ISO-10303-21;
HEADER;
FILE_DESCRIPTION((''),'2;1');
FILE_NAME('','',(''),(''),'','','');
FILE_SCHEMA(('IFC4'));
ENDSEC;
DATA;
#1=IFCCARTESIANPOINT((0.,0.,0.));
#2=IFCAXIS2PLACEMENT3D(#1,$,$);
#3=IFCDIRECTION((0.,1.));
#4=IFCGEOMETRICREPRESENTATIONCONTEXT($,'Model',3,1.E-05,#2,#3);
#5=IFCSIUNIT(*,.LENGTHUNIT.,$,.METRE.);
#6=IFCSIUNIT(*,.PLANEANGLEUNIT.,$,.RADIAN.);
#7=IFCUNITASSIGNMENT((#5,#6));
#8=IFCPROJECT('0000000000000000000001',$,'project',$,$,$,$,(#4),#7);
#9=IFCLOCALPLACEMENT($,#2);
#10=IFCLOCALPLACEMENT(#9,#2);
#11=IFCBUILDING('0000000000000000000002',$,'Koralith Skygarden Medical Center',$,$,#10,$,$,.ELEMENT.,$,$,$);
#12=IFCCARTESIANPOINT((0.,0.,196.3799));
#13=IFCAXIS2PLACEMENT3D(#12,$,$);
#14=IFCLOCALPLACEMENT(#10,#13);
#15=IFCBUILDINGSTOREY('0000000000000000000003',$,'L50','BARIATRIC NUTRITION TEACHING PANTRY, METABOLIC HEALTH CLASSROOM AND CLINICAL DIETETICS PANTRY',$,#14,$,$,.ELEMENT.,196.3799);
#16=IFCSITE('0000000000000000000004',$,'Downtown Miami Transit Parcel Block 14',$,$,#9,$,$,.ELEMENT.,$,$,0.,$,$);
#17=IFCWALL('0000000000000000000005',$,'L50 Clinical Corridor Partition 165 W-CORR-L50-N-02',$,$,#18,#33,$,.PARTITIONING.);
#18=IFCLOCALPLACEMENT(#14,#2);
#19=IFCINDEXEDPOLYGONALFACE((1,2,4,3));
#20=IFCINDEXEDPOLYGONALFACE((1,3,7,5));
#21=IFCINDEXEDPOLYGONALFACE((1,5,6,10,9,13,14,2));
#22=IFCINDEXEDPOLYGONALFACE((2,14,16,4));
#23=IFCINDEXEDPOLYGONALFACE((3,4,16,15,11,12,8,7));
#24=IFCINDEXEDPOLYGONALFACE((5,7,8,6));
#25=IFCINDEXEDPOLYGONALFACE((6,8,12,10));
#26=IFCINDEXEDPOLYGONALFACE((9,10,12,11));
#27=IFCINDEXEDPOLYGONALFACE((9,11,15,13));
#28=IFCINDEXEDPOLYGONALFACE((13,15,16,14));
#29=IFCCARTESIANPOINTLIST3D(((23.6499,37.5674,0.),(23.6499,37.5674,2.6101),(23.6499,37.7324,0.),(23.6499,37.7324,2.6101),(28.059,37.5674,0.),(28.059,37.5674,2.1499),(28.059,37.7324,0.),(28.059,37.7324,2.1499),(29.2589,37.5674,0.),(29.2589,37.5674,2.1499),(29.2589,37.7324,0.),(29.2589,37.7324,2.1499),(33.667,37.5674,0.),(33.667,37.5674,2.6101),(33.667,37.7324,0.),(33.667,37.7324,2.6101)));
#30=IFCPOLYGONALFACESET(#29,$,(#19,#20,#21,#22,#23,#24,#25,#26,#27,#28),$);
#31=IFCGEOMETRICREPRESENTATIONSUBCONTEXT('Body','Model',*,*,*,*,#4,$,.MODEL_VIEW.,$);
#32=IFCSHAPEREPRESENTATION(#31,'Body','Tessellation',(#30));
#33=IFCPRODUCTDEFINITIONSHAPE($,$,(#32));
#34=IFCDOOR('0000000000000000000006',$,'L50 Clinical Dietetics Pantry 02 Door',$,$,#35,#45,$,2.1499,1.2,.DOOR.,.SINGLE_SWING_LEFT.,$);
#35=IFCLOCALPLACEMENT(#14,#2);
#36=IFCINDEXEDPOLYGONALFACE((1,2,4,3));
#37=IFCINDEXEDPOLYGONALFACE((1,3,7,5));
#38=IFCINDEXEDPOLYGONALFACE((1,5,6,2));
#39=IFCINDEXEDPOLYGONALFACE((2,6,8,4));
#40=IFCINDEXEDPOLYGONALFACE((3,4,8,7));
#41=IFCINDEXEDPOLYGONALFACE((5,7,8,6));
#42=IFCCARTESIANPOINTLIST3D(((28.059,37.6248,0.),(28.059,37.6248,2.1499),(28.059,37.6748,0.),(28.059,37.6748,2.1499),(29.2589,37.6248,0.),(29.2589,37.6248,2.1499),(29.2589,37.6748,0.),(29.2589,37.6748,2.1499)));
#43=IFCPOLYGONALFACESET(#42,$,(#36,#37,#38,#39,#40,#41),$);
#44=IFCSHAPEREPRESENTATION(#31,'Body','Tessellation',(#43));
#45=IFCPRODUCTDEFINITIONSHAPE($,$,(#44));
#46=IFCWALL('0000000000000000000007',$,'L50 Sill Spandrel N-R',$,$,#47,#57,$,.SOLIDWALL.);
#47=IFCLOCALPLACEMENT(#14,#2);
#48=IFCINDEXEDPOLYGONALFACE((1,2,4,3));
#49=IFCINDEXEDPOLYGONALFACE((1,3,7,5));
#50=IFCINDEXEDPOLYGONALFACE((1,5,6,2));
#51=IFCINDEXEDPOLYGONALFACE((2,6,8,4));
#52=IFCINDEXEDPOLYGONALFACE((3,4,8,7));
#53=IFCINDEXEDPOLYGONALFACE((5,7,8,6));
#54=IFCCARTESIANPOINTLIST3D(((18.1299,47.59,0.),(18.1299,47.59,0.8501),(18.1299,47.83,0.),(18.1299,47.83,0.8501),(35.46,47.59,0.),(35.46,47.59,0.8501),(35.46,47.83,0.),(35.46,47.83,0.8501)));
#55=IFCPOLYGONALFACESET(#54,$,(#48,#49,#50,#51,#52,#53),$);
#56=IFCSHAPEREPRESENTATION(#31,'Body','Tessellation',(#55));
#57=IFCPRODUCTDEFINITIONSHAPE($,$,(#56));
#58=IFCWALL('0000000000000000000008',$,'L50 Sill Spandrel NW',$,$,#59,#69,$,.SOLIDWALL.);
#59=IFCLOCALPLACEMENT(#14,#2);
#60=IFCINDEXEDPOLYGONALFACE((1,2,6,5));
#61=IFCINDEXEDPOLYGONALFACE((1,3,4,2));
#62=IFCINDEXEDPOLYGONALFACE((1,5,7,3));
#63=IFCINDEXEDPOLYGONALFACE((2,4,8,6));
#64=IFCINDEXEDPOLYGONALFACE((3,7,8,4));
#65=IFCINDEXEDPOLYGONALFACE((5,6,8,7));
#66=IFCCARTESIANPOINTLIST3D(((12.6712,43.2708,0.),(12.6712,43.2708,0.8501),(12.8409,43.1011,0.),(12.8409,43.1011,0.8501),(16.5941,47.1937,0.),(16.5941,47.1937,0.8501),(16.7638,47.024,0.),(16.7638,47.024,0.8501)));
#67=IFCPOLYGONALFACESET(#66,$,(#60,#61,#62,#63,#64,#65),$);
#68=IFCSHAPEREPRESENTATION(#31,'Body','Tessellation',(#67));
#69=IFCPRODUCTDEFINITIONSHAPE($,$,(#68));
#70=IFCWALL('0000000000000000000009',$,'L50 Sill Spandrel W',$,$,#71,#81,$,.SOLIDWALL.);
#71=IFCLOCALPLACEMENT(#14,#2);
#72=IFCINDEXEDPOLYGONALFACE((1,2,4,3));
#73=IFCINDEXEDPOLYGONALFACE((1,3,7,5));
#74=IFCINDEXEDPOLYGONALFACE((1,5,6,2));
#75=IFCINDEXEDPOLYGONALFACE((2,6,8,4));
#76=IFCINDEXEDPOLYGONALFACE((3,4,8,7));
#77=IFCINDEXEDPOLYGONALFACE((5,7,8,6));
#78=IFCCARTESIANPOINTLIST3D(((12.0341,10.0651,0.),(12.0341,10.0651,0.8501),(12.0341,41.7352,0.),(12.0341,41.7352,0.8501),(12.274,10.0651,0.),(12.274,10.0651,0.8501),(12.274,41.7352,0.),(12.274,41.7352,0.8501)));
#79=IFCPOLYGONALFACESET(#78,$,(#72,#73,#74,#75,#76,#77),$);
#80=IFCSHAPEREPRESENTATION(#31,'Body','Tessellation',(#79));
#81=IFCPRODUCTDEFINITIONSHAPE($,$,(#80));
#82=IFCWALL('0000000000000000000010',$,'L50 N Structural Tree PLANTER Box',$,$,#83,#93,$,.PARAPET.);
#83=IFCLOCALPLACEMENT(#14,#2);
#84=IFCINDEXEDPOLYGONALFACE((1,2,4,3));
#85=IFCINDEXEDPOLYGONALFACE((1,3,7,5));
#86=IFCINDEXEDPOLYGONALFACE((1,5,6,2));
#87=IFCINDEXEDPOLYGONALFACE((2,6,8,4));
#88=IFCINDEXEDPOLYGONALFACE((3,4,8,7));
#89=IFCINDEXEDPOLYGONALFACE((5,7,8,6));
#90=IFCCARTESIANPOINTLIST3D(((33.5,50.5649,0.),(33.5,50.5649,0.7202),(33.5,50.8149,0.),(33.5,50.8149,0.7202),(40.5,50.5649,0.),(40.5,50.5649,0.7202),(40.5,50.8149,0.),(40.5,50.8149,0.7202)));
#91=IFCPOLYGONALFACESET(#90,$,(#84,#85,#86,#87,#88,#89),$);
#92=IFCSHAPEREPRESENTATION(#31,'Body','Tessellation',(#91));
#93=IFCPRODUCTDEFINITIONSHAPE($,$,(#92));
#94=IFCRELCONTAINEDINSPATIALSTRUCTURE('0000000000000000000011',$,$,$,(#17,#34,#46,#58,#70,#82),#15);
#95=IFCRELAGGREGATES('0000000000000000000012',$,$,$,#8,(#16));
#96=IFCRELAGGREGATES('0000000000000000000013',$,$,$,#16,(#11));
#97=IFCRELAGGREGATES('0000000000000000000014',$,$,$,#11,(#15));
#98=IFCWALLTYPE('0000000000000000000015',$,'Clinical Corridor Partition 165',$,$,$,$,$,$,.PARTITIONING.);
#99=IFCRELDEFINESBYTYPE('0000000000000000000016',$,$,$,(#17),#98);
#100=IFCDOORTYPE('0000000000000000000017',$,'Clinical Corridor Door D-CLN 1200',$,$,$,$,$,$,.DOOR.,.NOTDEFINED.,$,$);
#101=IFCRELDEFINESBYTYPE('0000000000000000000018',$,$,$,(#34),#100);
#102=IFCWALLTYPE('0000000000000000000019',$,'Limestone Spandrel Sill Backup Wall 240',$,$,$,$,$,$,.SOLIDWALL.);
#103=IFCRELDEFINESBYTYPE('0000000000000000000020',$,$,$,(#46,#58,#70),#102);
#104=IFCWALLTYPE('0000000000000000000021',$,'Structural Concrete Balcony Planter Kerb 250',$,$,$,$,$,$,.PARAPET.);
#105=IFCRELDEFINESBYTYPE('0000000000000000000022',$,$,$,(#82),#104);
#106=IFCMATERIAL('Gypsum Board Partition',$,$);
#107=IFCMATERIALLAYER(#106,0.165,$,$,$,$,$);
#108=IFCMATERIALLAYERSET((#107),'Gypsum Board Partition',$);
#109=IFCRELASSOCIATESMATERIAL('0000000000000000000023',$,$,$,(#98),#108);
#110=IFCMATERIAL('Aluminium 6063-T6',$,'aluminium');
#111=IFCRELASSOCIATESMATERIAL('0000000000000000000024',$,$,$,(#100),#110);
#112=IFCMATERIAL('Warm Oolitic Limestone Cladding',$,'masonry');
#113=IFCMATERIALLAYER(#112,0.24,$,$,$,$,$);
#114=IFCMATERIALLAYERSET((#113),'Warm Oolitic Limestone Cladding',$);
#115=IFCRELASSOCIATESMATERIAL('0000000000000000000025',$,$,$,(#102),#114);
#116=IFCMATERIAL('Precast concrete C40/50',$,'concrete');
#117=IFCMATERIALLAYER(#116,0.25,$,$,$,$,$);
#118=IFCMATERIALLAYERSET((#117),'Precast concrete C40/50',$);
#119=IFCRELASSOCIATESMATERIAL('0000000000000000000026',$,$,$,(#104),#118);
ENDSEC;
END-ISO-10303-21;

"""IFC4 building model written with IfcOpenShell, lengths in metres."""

from ifc_helpers import new_model, si_unit, direction, frame, frame_2d, origin, place, context, subcontext, project, spatial, rectangle, extrude, material, layer, layer_set, type_object, element, fill, save


model = new_model("IFC4")

# Units and contexts
model_context = context("Model", 3, precision=1e-05, world=origin(), true_north=direction((0.0, 1.0)))
body_context = subcontext(model_context, "Body", "Model", "MODEL_VIEW")
ifc_project = project(units=[si_unit("LENGTHUNIT", "METRE"), si_unit("PLANEANGLEUNIT", "RADIAN")], contexts=[model_context])

# Site, building, storey
site_placement = place(None, origin())
site = spatial("IfcSite", under=ifc_project, at=site_placement, Name="Downtown Miami Transit Parcel Block 14", CompositionType="ELEMENT", RefElevation=0.0)
building_placement = place(site_placement, origin())
building = spatial("IfcBuilding", under=site, at=building_placement, Name="Koralith Skygarden Medical Center", CompositionType="ELEMENT")
storey_placement = place(building_placement, frame((0.0, 0.0, 196.3799)))
storey = spatial("IfcBuildingStorey", under=building, at=storey_placement, Name="L50", Description="BARIATRIC NUTRITION TEACHING PANTRY, METABOLIC HEALTH CLASSROOM AND CLINICAL DIETETICS PANTRY", CompositionType="ELEMENT", Elevation=196.3799)

# Shared definitions
ifc_material_1 = material(Name="Aluminium 6063-T6", Category="aluminium")

# Shared definitions
ifc_material_2 = material(Name="Warm Oolitic Limestone Cladding", Category="masonry")

# Shared definitions
ifc_material_3 = material(Name="Gypsum Board Partition")

# Wall, opening, door
ifc_layer_1 = layer(ifc_material_3, 0.165)
ifc_layer_set_1 = layer_set([ifc_layer_1], Name="Gypsum Board Partition")
wall_type_1 = type_object("IfcWallType", Name="Clinical Corridor Partition 165", PredefinedType="PARTITIONING", material=ifc_layer_set_1)
wall_1_placement = place(storey_placement, frame((23.6499, 37.6499, 0.0), z_axis=(0.0, 0.0, 1.0), x_axis=(1.0, 0.0, 0.0)))
wall_1 = element("IfcWall", 1, at=wall_1_placement, inside=storey, type_object=wall_type_1, Name="L50 Clinical Corridor Partition 165 W-CORR-L50-N-02", PredefinedType="PARTITIONING", context=body_context, shape_type="SweptSolid", body=[
    extrude(rectangle(XDim=10.0171, YDim=0.165, at=frame_2d((5.0085, 0.0))), origin(), (0.0, 0.0, 1.0), 2.6101),
])
opening_1_placement = place(wall_1_placement, frame((4.4089, 0.0, 0.0)))
opening_1 = element("IfcOpeningElement", 2, at=opening_1_placement, cuts=wall_1, PredefinedType="OPENING", context=body_context, shape_type="SweptSolid", body=[
    extrude(rectangle(XDim=1.2, YDim=2.1499, at=frame_2d((0.6001, 1.075))), frame((0.0, 0.0925, 0.0), z_axis=(0.0, -1.0, 0.0), x_axis=(1.0, 0.0, 0.0)), (0.0, 0.0, 1.0), 0.1851),
])
door_type = type_object("IfcDoorType", Name="Clinical Corridor Door D-CLN 1200", OperationType="NOTDEFINED", PredefinedType="DOOR", material=ifc_material_1)
door_1_placement = place(opening_1_placement, origin())
door_1 = element("IfcDoor", 3, at=door_1_placement, inside=storey, type_object=door_type, Name="L50 Clinical Dietetics Pantry 02 Door", OperationType="SINGLE_SWING_LEFT", OverallHeight=2.1499, OverallWidth=1.2, PredefinedType="DOOR", context=body_context, shape_type="SweptSolid", body=[
    extrude(rectangle(XDim=1.2, YDim=2.1499, at=frame_2d((0.6001, 1.075))), frame((0.0, 0.0249, 0.0), z_axis=(0.0, -1.0, 0.0), x_axis=(1.0, 0.0, 0.0)), (0.0, 0.0, 1.0), 0.05),
])
fill(opening_1, door_1)

# Walls
ifc_layer_2 = layer(ifc_material_2, 0.24)
ifc_layer_set_2 = layer_set([ifc_layer_2], Name="Warm Oolitic Limestone Cladding")
wall_type_2 = type_object("IfcWallType", Name="Limestone Spandrel Sill Backup Wall 240", PredefinedType="SOLIDWALL", material=ifc_layer_set_2)
wall_2_placement = place(storey_placement, frame((35.46, 47.71, 0.0), z_axis=(0.0, 0.0, 1.0), x_axis=(-1.0, 0.0, 0.0)))
element("IfcWall", 4, at=wall_2_placement, inside=storey, type_object=wall_type_2, Name="L50 Sill Spandrel N-R", PredefinedType="SOLIDWALL", context=body_context, shape_type="SweptSolid", body=[
    extrude(rectangle(XDim=17.3301, YDim=0.24, at=frame_2d((8.665, 0.0))), origin(), (0.0, 0.0, 1.0), 0.8501),
])
wall_3_placement = place(storey_placement, frame((16.679, 47.1089, 0.0), z_axis=(0.0, 0.0, 1.0), x_axis=(-0.707107, -0.707107, 0.0)))
element("IfcWall", 5, at=wall_3_placement, inside=storey, type_object=wall_type_2, Name="L50 Sill Spandrel NW", PredefinedType="SOLIDWALL", context=body_context, shape_type="SweptSolid", body=[
    extrude(rectangle(XDim=5.5479, YDim=0.24, at=frame_2d((2.7739, 0.0))), origin(), (0.0, 0.0, 1.0), 0.8501),
])
wall_4_placement = place(storey_placement, frame((12.1541, 41.7351, 0.0), z_axis=(0.0, 0.0, 1.0), x_axis=(0.0, -1.0, 0.0)))
element("IfcWall", 6, at=wall_4_placement, inside=storey, type_object=wall_type_2, Name="L50 Sill Spandrel W", PredefinedType="SOLIDWALL", context=body_context, shape_type="SweptSolid", body=[
    extrude(rectangle(XDim=31.6702, YDim=0.24, at=frame_2d((15.835, 0.0))), origin(), (0.0, 0.0, 1.0), 0.8501),
])
ifc_material_4 = material(Name="Precast concrete C40/50", Category="concrete")
ifc_layer_3 = layer(ifc_material_4, 0.25)
ifc_layer_set_3 = layer_set([ifc_layer_3], Name="Precast concrete C40/50")
wall_type_3 = type_object("IfcWallType", Name="Structural Concrete Balcony Planter Kerb 250", PredefinedType="PARAPET", material=ifc_layer_set_3)
wall_5_placement = place(storey_placement, frame((33.5, 50.6899, 0.0), z_axis=(0.0, 0.0, 1.0), x_axis=(1.0, 0.0, 0.0)))
element("IfcWall", 7, at=wall_5_placement, inside=storey, type_object=wall_type_3, Name="L50 N Structural Tree PLANTER Box", PredefinedType="PARAPET", context=body_context, shape_type="SweptSolid", body=[
    extrude(rectangle(XDim=7.0, YDim=0.25, at=frame_2d((3.5, 0.0))), origin(), (0.0, 0.0, 1.0), 0.7202),
])

save(model, "model.ifc")
